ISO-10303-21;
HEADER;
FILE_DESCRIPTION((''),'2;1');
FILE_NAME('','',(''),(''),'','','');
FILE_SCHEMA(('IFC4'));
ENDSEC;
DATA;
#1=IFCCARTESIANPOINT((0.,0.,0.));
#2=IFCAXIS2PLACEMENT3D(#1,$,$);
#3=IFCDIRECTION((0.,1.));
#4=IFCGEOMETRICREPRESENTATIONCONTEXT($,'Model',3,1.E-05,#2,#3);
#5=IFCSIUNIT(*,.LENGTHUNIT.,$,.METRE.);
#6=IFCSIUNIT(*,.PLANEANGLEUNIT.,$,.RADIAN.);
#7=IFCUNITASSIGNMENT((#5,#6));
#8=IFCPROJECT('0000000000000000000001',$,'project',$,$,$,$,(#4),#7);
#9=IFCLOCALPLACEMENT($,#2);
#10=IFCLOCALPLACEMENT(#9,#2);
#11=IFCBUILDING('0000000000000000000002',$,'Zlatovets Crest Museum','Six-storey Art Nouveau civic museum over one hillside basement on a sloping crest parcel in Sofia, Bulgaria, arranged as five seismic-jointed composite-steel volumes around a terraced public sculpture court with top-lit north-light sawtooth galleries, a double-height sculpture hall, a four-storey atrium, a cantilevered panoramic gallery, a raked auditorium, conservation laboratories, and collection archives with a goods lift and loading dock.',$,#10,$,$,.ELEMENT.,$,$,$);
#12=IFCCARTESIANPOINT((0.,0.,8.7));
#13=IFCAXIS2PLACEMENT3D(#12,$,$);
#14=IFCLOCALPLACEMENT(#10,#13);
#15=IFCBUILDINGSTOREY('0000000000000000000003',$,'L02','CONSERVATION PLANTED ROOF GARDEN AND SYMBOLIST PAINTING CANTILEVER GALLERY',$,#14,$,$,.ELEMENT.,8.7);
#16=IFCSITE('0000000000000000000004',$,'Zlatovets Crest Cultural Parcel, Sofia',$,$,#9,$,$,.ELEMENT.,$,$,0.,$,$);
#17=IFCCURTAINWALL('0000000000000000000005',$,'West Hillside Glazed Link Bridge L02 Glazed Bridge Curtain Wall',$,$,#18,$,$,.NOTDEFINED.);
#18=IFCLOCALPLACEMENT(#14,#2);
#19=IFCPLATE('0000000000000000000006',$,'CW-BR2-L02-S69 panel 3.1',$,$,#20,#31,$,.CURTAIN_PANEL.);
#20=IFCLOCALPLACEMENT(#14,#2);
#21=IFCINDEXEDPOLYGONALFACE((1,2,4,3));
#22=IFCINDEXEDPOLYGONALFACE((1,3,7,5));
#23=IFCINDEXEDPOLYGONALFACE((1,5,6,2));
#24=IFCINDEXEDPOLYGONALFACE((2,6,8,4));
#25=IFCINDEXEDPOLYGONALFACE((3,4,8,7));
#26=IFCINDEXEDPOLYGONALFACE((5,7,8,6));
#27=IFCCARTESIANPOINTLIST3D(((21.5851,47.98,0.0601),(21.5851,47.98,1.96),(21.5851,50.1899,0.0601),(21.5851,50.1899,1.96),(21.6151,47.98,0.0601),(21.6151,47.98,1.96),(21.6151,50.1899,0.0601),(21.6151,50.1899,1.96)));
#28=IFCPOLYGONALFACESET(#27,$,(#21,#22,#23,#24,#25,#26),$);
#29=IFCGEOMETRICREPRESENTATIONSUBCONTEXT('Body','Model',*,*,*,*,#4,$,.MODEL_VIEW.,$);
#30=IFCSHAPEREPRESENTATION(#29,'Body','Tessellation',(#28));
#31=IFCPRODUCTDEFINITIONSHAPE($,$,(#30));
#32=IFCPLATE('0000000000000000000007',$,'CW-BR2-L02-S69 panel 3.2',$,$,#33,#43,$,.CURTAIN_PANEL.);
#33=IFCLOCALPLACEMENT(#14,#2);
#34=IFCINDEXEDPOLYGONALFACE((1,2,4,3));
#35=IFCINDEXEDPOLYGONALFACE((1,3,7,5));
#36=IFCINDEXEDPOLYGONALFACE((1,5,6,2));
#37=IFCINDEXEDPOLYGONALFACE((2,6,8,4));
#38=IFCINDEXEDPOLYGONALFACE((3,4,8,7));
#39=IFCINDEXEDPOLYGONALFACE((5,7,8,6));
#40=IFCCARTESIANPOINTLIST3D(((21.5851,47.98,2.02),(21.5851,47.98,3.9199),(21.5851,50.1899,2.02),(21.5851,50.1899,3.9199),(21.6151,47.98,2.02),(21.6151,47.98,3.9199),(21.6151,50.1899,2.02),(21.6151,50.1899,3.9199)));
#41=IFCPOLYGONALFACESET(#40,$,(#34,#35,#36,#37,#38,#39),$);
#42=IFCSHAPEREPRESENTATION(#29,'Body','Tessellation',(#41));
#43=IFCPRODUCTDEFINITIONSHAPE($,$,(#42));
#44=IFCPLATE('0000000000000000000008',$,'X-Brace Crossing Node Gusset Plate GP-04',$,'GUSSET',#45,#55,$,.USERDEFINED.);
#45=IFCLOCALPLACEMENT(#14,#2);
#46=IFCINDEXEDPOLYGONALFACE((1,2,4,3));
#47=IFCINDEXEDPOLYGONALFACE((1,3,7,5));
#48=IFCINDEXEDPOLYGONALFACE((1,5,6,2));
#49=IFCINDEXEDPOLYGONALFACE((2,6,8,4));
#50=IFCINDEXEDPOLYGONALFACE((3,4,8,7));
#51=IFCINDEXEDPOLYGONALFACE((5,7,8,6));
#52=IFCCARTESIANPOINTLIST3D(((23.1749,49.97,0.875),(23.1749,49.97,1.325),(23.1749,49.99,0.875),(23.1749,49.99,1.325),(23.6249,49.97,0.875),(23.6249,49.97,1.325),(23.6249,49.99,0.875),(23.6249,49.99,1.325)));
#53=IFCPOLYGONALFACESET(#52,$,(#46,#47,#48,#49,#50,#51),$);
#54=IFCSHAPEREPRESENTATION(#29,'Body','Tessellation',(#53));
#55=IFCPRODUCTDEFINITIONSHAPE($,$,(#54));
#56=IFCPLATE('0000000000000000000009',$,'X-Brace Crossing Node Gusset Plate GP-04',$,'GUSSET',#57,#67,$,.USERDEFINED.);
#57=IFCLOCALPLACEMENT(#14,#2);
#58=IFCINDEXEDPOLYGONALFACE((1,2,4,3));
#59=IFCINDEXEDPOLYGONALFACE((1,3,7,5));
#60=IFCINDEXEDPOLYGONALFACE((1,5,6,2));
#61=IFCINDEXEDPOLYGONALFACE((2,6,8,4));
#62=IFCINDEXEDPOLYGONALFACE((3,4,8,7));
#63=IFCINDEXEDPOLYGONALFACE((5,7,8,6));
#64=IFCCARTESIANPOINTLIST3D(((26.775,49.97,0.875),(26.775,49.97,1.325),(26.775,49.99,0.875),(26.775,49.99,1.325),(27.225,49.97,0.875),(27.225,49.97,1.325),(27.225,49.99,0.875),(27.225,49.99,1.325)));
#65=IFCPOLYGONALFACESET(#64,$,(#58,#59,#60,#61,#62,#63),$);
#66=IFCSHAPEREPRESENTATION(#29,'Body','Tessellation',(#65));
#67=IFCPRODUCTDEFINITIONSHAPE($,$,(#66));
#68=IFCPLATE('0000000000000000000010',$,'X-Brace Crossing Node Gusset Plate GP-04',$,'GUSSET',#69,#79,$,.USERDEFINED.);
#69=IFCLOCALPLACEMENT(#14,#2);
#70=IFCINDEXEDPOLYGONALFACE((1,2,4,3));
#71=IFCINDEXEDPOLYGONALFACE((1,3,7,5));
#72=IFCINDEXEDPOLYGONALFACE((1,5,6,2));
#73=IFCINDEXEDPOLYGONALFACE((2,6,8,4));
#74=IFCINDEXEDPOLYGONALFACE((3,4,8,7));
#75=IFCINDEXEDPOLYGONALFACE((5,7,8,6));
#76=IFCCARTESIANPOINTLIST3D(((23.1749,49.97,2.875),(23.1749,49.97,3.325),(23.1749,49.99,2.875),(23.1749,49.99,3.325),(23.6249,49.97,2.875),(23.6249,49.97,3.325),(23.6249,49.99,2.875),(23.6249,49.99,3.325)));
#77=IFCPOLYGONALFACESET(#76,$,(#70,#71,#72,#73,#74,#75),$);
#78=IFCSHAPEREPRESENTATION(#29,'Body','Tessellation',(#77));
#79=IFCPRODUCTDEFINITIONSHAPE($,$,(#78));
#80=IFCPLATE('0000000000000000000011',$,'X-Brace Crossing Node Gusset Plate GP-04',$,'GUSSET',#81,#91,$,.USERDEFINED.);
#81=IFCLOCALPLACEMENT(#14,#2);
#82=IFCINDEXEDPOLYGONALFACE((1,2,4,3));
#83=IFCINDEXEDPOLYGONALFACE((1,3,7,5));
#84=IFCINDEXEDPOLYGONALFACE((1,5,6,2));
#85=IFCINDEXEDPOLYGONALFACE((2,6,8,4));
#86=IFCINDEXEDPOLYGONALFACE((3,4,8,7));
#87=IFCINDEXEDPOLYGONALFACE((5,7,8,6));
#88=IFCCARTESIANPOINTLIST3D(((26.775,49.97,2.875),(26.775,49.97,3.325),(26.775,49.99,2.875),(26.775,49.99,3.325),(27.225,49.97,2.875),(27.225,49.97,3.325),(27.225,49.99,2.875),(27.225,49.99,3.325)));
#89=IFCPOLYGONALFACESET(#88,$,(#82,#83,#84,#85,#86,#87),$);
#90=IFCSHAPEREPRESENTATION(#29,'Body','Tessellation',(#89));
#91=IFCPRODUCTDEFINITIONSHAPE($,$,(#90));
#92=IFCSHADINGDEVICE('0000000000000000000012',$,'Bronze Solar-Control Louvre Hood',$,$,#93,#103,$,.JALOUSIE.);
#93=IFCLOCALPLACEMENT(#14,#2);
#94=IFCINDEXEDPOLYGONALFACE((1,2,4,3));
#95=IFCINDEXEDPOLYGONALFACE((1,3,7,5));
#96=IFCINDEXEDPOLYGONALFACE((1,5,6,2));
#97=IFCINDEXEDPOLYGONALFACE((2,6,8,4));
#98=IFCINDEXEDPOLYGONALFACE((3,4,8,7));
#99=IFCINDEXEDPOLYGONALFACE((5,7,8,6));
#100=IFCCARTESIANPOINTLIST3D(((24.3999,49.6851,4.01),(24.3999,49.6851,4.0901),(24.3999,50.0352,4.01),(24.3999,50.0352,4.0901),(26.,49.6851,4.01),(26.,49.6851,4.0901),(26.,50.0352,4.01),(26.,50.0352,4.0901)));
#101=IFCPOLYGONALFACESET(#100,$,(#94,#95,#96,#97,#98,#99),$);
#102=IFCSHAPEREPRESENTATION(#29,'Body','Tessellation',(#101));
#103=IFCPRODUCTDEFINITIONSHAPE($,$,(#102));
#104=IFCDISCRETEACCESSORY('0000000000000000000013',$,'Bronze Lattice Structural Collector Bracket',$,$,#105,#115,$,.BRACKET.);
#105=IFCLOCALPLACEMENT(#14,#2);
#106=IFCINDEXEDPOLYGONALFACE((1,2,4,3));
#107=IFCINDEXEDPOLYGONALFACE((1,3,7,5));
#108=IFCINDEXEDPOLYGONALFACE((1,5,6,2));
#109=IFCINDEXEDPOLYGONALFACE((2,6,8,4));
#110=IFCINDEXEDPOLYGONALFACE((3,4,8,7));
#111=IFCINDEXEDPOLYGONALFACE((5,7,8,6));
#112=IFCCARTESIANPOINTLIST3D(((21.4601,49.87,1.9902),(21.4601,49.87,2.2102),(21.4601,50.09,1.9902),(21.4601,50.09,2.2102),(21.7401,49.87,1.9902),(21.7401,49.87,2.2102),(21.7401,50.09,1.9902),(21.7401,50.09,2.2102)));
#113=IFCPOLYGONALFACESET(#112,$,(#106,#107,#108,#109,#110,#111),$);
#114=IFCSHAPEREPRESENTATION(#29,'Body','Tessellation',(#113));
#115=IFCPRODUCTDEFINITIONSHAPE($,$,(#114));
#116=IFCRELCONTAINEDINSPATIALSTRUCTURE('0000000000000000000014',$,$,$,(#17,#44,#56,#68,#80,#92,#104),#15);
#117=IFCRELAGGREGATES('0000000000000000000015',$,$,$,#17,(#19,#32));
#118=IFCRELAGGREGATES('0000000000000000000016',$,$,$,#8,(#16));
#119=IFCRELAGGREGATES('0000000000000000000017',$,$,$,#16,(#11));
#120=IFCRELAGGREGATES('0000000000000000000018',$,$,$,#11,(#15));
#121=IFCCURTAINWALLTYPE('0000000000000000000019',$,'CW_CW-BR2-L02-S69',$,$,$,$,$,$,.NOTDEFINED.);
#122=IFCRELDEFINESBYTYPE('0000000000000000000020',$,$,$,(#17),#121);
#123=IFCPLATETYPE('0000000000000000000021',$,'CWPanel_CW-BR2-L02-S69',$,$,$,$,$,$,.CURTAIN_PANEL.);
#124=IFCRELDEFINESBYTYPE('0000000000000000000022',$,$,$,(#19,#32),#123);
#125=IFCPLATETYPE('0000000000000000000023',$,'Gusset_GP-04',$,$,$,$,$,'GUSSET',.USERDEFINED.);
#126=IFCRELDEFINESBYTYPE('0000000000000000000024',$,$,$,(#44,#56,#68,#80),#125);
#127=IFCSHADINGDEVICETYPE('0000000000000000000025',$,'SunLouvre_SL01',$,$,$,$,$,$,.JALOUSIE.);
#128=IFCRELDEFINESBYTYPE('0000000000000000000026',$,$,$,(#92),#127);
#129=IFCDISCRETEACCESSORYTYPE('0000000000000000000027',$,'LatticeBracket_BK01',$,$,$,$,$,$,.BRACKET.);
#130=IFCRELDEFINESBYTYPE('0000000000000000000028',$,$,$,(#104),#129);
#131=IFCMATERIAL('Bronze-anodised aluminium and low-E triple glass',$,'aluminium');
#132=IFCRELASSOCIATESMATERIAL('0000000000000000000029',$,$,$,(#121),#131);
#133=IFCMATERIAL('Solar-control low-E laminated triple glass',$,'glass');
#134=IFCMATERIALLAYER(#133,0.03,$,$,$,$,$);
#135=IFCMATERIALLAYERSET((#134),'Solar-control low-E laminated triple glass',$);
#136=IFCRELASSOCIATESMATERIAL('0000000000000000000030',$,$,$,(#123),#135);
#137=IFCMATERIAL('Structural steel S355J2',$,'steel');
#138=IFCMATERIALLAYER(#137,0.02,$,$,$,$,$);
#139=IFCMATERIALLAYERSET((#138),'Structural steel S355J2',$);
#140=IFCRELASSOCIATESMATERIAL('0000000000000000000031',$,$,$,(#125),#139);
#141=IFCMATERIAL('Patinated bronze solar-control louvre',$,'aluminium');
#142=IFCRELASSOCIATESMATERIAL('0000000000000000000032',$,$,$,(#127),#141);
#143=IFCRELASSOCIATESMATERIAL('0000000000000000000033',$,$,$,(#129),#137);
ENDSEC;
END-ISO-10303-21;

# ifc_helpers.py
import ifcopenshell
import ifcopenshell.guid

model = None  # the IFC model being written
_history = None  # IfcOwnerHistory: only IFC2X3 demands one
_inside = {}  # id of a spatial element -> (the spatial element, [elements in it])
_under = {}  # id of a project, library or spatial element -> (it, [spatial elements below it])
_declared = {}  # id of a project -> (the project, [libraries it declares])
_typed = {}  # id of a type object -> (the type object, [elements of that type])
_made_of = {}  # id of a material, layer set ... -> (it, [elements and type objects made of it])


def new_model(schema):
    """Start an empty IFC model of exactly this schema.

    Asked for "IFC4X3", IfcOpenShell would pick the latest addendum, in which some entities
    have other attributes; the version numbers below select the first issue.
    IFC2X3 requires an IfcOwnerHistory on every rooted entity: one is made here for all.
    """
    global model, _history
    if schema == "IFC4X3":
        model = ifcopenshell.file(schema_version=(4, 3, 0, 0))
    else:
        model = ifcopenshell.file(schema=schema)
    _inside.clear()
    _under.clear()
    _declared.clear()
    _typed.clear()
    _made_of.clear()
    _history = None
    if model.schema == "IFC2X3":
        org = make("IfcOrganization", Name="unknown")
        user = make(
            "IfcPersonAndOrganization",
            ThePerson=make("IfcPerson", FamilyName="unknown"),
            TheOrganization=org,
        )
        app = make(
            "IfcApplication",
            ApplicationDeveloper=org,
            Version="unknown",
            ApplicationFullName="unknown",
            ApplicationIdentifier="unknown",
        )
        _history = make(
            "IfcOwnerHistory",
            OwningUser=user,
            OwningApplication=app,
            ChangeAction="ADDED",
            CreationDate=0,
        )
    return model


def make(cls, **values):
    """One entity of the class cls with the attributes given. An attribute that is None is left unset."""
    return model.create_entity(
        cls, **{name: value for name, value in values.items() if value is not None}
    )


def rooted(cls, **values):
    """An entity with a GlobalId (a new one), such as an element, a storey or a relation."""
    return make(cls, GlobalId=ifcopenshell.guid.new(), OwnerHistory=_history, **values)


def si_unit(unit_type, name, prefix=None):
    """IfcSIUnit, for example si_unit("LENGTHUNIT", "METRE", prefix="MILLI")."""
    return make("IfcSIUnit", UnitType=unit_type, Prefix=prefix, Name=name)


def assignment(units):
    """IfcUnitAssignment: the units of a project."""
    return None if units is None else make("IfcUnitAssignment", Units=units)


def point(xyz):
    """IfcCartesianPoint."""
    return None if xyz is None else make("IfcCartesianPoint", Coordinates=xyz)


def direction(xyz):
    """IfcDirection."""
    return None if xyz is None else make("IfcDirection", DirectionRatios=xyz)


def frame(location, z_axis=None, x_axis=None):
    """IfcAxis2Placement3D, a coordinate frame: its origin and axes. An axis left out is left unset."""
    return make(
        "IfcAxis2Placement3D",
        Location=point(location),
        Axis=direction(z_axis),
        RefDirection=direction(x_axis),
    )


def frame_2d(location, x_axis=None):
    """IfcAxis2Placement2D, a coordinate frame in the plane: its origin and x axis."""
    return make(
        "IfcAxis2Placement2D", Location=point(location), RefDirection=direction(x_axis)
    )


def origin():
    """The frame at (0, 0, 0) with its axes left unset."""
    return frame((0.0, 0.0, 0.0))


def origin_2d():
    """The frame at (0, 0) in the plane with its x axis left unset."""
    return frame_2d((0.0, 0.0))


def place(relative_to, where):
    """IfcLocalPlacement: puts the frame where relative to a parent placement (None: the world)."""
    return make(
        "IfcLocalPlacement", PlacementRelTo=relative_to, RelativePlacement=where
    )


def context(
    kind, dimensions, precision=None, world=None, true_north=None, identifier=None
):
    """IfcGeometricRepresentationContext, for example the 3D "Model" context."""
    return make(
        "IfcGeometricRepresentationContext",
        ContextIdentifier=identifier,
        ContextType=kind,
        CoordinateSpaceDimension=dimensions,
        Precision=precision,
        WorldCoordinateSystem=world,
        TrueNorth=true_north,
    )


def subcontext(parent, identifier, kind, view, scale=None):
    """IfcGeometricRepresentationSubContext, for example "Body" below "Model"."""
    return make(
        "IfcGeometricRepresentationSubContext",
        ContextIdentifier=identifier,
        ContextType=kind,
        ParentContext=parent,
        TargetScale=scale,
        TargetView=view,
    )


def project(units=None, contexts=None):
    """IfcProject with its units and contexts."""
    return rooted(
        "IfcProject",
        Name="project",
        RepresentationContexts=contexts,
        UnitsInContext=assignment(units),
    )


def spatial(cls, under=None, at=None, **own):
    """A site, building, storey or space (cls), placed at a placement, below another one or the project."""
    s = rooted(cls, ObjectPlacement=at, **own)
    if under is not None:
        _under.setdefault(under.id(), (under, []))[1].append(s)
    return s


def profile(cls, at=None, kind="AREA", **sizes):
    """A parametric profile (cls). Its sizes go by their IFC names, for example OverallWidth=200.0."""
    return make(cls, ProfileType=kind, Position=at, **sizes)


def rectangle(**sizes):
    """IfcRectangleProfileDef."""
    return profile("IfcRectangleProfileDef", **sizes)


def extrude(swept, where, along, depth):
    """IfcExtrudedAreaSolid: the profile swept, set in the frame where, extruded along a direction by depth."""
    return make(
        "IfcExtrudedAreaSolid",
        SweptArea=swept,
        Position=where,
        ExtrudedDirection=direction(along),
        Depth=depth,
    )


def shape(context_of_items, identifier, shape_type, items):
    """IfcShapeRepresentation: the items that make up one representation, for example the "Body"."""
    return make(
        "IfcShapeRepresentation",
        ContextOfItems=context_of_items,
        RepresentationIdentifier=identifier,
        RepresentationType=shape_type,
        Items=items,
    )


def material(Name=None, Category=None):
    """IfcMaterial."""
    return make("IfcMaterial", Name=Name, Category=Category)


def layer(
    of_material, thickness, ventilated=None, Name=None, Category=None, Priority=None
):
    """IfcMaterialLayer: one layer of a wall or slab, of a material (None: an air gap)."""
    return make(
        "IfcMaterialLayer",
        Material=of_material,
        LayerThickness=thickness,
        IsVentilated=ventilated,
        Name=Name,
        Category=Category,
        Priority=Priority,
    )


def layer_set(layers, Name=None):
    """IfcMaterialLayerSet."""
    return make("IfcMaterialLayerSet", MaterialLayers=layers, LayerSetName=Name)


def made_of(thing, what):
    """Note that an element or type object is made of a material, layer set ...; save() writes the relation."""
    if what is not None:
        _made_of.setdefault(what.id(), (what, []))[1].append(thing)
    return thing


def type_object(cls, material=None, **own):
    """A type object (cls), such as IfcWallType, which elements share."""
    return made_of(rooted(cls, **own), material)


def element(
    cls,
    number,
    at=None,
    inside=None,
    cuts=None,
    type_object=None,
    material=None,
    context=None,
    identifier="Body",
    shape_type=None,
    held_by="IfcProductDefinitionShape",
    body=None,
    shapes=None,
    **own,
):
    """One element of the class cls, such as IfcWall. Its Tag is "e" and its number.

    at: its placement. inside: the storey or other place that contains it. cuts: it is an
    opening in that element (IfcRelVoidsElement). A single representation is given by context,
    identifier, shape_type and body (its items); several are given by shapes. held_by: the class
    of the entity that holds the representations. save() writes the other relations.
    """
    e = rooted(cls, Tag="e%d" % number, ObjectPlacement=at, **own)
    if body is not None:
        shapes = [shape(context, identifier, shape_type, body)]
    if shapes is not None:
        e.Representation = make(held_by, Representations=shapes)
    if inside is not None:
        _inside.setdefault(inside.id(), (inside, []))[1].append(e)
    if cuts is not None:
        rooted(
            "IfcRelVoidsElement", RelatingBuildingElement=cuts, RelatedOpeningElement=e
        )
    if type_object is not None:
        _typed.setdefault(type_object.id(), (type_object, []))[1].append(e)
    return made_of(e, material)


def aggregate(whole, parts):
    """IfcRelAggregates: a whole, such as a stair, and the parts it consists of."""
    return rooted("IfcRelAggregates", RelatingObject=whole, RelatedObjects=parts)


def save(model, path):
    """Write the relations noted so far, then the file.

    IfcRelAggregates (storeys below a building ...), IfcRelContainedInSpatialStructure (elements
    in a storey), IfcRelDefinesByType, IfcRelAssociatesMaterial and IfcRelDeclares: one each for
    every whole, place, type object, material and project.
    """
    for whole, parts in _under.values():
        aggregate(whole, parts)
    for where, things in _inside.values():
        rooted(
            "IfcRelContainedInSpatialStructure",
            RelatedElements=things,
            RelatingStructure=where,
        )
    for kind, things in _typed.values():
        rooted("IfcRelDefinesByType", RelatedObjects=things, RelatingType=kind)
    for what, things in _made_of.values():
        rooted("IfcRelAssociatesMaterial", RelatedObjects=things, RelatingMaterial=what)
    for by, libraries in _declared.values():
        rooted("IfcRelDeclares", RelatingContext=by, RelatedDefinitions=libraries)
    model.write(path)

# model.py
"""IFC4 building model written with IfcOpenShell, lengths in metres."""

from ifc_helpers import new_model, si_unit, direction, frame, origin, origin_2d, place, context, subcontext, project, spatial, rectangle, extrude, material, layer, layer_set, type_object, element, aggregate, save


model = new_model("IFC4")

# Units and contexts
model_context = context("Model", 3, precision=1e-05, world=origin(), true_north=direction((0.0, 1.0)))
body_context = subcontext(model_context, "Body", "Model", "MODEL_VIEW")
ifc_project = project(units=[si_unit("LENGTHUNIT", "METRE"), si_unit("PLANEANGLEUNIT", "RADIAN")], contexts=[model_context])

# Site, building, storey
site_placement = place(None, origin())
site = spatial("IfcSite", under=ifc_project, at=site_placement, Name="Zlatovets Crest Cultural Parcel, Sofia", CompositionType="ELEMENT", RefElevation=0.0)
building_placement = place(site_placement, origin())
building = spatial("IfcBuilding", under=site, at=building_placement, Name="Zlatovets Crest Museum", Description="Six-storey Art Nouveau civic museum over one hillside basement on a sloping crest parcel in Sofia, Bulgaria, arranged as five seismic-jointed composite-steel volumes around a terraced public sculpture court with top-lit north-light sawtooth galleries, a double-height sculpture hall, a four-storey atrium, a cantilevered panoramic gallery, a raked auditorium, conservation laboratories, and collection archives with a goods lift and loading dock.", CompositionType="ELEMENT")
storey_placement = place(building_placement, frame((0.0, 0.0, 8.7)))
storey = spatial("IfcBuildingStorey", under=building, at=storey_placement, Name="L02", Description="CONSERVATION PLANTED ROOF GARDEN AND SYMBOLIST PAINTING CANTILEVER GALLERY", CompositionType="ELEMENT", Elevation=8.7)

# Curtain wall
ifc_material_1 = material(Name="Bronze-anodised aluminium and low-E triple glass", Category="aluminium")
curtain_wall_type = type_object("IfcCurtainWallType", Name="CW_CW-BR2-L02-S69", PredefinedType="NOTDEFINED", material=ifc_material_1)
curtain_wall_placement = place(storey_placement, origin())
curtain_wall = element("IfcCurtainWall", 1, at=curtain_wall_placement, inside=storey, type_object=curtain_wall_type, Name="West Hillside Glazed Link Bridge L02 Glazed Bridge Curtain Wall", PredefinedType="NOTDEFINED")

# Plates
ifc_material_2 = material(Name="Solar-control low-E laminated triple glass", Category="glass")
ifc_layer_1 = layer(ifc_material_2, 0.03)
ifc_layer_set_1 = layer_set([ifc_layer_1], Name="Solar-control low-E laminated triple glass")
plate_type_1 = type_object("IfcPlateType", Name="CWPanel_CW-BR2-L02-S69", PredefinedType="CURTAIN_PANEL", material=ifc_layer_set_1)
plate_1_placement = place(storey_placement, frame((21.6001, 49.085, 0.0601), z_axis=(0.0, 0.0, 1.0), x_axis=(0.0, 1.0, 0.0)))
plate_1 = element("IfcPlate", 2, at=plate_1_placement, type_object=plate_type_1, Name="CW-BR2-L02-S69 panel 3.1", PredefinedType="CURTAIN_PANEL", context=body_context, shape_type="SweptSolid", body=[
    extrude(rectangle(XDim=2.21, YDim=0.03, at=origin_2d()), origin(), (0.0, 0.0, 1.0), 1.8999),
])
plate_2_placement = place(storey_placement, frame((21.6001, 49.085, 2.02), z_axis=(0.0, 0.0, 1.0), x_axis=(0.0, 1.0, 0.0)))
plate_2 = element("IfcPlate", 3, at=plate_2_placement, type_object=plate_type_1, Name="CW-BR2-L02-S69 panel 3.2", PredefinedType="CURTAIN_PANEL", context=body_context, shape_type="SweptSolid", body=[
    extrude(rectangle(XDim=2.21, YDim=0.03, at=origin_2d()), origin(), (0.0, 0.0, 1.0), 1.8999),
])
aggregate(curtain_wall, [plate_1, plate_2])

# Plates
ifc_material_3 = material(Name="Structural steel S355J2", Category="steel")
ifc_layer_2 = layer(ifc_material_3, 0.02)
ifc_layer_set_2 = layer_set([ifc_layer_2], Name="Structural steel S355J2")
plate_type_2 = type_object("IfcPlateType", Name="Gusset_GP-04", ElementType="GUSSET", PredefinedType="USERDEFINED", material=ifc_layer_set_2)
for number, where, z_axis, x_axis, name in (
    (4, (23.3999, 49.98, 0.875), (0.0, 0.0, 1.0), (1.0, 0.0, 0.0), "X-Brace Crossing Node Gusset Plate GP-04"),
    (5, (27.0, 49.98, 0.875), (0.0, 0.0, 1.0), (1.0, 0.0, 0.0), "X-Brace Crossing Node Gusset Plate GP-04"),
    (6, (23.3999, 49.98, 2.875), (0.0, 0.0, 1.0), (1.0, 0.0, 0.0), "X-Brace Crossing Node Gusset Plate GP-04"),
    (7, (27.0, 49.98, 2.875), (0.0, 0.0, 1.0), (1.0, 0.0, 0.0), "X-Brace Crossing Node Gusset Plate GP-04"),
):
    element("IfcPlate", number, at=place(storey_placement, frame(where, z_axis=z_axis, x_axis=x_axis)), inside=storey, type_object=plate_type_2, Name=name, ObjectType="GUSSET", PredefinedType="USERDEFINED", context=body_context, shape_type="SweptSolid", body=[
        extrude(rectangle(XDim=0.45, YDim=0.02, at=origin_2d()), origin(), (0.0, 0.0, 1.0), 0.45),
    ])

# Shading device
ifc_material_4 = material(Name="Patinated bronze solar-control louvre", Category="aluminium")
shading_device_type = type_object("IfcShadingDeviceType", Name="SunLouvre_SL01", PredefinedType="JALOUSIE", material=ifc_material_4)
shading_device_placement = place(storey_placement, frame((25.2, 49.8601, 4.01), z_axis=(0.0, 0.0, 1.0), x_axis=(1.0, 0.0, 0.0)))
element("IfcShadingDevice", 8, at=shading_device_placement, inside=storey, type_object=shading_device_type, Name="Bronze Solar-Control Louvre Hood", PredefinedType="JALOUSIE", context=body_context, shape_type="SweptSolid", body=[
    extrude(rectangle(XDim=1.6001, YDim=0.3501, at=origin_2d()), origin(), (0.0, 0.0, 1.0), 0.0801),
])

# Discrete accessory
discrete_accessory_type = type_object("IfcDiscreteAccessoryType", Name="LatticeBracket_BK01", PredefinedType="BRACKET", material=ifc_material_3)
discrete_accessory_placement = place(storey_placement, frame((21.6001, 49.98, 1.9902), z_axis=(0.0, 0.0, 1.0), x_axis=(1.0, 0.0, 0.0)))
element("IfcDiscreteAccessory", 9, at=discrete_accessory_placement, inside=storey, type_object=discrete_accessory_type, Name="Bronze Lattice Structural Collector Bracket", PredefinedType="BRACKET", context=body_context, shape_type="SweptSolid", body=[
    extrude(rectangle(XDim=0.28, YDim=0.22, at=origin_2d()), origin(), (0.0, 0.0, 1.0), 0.22),
])

save(model, "model.ifc")
